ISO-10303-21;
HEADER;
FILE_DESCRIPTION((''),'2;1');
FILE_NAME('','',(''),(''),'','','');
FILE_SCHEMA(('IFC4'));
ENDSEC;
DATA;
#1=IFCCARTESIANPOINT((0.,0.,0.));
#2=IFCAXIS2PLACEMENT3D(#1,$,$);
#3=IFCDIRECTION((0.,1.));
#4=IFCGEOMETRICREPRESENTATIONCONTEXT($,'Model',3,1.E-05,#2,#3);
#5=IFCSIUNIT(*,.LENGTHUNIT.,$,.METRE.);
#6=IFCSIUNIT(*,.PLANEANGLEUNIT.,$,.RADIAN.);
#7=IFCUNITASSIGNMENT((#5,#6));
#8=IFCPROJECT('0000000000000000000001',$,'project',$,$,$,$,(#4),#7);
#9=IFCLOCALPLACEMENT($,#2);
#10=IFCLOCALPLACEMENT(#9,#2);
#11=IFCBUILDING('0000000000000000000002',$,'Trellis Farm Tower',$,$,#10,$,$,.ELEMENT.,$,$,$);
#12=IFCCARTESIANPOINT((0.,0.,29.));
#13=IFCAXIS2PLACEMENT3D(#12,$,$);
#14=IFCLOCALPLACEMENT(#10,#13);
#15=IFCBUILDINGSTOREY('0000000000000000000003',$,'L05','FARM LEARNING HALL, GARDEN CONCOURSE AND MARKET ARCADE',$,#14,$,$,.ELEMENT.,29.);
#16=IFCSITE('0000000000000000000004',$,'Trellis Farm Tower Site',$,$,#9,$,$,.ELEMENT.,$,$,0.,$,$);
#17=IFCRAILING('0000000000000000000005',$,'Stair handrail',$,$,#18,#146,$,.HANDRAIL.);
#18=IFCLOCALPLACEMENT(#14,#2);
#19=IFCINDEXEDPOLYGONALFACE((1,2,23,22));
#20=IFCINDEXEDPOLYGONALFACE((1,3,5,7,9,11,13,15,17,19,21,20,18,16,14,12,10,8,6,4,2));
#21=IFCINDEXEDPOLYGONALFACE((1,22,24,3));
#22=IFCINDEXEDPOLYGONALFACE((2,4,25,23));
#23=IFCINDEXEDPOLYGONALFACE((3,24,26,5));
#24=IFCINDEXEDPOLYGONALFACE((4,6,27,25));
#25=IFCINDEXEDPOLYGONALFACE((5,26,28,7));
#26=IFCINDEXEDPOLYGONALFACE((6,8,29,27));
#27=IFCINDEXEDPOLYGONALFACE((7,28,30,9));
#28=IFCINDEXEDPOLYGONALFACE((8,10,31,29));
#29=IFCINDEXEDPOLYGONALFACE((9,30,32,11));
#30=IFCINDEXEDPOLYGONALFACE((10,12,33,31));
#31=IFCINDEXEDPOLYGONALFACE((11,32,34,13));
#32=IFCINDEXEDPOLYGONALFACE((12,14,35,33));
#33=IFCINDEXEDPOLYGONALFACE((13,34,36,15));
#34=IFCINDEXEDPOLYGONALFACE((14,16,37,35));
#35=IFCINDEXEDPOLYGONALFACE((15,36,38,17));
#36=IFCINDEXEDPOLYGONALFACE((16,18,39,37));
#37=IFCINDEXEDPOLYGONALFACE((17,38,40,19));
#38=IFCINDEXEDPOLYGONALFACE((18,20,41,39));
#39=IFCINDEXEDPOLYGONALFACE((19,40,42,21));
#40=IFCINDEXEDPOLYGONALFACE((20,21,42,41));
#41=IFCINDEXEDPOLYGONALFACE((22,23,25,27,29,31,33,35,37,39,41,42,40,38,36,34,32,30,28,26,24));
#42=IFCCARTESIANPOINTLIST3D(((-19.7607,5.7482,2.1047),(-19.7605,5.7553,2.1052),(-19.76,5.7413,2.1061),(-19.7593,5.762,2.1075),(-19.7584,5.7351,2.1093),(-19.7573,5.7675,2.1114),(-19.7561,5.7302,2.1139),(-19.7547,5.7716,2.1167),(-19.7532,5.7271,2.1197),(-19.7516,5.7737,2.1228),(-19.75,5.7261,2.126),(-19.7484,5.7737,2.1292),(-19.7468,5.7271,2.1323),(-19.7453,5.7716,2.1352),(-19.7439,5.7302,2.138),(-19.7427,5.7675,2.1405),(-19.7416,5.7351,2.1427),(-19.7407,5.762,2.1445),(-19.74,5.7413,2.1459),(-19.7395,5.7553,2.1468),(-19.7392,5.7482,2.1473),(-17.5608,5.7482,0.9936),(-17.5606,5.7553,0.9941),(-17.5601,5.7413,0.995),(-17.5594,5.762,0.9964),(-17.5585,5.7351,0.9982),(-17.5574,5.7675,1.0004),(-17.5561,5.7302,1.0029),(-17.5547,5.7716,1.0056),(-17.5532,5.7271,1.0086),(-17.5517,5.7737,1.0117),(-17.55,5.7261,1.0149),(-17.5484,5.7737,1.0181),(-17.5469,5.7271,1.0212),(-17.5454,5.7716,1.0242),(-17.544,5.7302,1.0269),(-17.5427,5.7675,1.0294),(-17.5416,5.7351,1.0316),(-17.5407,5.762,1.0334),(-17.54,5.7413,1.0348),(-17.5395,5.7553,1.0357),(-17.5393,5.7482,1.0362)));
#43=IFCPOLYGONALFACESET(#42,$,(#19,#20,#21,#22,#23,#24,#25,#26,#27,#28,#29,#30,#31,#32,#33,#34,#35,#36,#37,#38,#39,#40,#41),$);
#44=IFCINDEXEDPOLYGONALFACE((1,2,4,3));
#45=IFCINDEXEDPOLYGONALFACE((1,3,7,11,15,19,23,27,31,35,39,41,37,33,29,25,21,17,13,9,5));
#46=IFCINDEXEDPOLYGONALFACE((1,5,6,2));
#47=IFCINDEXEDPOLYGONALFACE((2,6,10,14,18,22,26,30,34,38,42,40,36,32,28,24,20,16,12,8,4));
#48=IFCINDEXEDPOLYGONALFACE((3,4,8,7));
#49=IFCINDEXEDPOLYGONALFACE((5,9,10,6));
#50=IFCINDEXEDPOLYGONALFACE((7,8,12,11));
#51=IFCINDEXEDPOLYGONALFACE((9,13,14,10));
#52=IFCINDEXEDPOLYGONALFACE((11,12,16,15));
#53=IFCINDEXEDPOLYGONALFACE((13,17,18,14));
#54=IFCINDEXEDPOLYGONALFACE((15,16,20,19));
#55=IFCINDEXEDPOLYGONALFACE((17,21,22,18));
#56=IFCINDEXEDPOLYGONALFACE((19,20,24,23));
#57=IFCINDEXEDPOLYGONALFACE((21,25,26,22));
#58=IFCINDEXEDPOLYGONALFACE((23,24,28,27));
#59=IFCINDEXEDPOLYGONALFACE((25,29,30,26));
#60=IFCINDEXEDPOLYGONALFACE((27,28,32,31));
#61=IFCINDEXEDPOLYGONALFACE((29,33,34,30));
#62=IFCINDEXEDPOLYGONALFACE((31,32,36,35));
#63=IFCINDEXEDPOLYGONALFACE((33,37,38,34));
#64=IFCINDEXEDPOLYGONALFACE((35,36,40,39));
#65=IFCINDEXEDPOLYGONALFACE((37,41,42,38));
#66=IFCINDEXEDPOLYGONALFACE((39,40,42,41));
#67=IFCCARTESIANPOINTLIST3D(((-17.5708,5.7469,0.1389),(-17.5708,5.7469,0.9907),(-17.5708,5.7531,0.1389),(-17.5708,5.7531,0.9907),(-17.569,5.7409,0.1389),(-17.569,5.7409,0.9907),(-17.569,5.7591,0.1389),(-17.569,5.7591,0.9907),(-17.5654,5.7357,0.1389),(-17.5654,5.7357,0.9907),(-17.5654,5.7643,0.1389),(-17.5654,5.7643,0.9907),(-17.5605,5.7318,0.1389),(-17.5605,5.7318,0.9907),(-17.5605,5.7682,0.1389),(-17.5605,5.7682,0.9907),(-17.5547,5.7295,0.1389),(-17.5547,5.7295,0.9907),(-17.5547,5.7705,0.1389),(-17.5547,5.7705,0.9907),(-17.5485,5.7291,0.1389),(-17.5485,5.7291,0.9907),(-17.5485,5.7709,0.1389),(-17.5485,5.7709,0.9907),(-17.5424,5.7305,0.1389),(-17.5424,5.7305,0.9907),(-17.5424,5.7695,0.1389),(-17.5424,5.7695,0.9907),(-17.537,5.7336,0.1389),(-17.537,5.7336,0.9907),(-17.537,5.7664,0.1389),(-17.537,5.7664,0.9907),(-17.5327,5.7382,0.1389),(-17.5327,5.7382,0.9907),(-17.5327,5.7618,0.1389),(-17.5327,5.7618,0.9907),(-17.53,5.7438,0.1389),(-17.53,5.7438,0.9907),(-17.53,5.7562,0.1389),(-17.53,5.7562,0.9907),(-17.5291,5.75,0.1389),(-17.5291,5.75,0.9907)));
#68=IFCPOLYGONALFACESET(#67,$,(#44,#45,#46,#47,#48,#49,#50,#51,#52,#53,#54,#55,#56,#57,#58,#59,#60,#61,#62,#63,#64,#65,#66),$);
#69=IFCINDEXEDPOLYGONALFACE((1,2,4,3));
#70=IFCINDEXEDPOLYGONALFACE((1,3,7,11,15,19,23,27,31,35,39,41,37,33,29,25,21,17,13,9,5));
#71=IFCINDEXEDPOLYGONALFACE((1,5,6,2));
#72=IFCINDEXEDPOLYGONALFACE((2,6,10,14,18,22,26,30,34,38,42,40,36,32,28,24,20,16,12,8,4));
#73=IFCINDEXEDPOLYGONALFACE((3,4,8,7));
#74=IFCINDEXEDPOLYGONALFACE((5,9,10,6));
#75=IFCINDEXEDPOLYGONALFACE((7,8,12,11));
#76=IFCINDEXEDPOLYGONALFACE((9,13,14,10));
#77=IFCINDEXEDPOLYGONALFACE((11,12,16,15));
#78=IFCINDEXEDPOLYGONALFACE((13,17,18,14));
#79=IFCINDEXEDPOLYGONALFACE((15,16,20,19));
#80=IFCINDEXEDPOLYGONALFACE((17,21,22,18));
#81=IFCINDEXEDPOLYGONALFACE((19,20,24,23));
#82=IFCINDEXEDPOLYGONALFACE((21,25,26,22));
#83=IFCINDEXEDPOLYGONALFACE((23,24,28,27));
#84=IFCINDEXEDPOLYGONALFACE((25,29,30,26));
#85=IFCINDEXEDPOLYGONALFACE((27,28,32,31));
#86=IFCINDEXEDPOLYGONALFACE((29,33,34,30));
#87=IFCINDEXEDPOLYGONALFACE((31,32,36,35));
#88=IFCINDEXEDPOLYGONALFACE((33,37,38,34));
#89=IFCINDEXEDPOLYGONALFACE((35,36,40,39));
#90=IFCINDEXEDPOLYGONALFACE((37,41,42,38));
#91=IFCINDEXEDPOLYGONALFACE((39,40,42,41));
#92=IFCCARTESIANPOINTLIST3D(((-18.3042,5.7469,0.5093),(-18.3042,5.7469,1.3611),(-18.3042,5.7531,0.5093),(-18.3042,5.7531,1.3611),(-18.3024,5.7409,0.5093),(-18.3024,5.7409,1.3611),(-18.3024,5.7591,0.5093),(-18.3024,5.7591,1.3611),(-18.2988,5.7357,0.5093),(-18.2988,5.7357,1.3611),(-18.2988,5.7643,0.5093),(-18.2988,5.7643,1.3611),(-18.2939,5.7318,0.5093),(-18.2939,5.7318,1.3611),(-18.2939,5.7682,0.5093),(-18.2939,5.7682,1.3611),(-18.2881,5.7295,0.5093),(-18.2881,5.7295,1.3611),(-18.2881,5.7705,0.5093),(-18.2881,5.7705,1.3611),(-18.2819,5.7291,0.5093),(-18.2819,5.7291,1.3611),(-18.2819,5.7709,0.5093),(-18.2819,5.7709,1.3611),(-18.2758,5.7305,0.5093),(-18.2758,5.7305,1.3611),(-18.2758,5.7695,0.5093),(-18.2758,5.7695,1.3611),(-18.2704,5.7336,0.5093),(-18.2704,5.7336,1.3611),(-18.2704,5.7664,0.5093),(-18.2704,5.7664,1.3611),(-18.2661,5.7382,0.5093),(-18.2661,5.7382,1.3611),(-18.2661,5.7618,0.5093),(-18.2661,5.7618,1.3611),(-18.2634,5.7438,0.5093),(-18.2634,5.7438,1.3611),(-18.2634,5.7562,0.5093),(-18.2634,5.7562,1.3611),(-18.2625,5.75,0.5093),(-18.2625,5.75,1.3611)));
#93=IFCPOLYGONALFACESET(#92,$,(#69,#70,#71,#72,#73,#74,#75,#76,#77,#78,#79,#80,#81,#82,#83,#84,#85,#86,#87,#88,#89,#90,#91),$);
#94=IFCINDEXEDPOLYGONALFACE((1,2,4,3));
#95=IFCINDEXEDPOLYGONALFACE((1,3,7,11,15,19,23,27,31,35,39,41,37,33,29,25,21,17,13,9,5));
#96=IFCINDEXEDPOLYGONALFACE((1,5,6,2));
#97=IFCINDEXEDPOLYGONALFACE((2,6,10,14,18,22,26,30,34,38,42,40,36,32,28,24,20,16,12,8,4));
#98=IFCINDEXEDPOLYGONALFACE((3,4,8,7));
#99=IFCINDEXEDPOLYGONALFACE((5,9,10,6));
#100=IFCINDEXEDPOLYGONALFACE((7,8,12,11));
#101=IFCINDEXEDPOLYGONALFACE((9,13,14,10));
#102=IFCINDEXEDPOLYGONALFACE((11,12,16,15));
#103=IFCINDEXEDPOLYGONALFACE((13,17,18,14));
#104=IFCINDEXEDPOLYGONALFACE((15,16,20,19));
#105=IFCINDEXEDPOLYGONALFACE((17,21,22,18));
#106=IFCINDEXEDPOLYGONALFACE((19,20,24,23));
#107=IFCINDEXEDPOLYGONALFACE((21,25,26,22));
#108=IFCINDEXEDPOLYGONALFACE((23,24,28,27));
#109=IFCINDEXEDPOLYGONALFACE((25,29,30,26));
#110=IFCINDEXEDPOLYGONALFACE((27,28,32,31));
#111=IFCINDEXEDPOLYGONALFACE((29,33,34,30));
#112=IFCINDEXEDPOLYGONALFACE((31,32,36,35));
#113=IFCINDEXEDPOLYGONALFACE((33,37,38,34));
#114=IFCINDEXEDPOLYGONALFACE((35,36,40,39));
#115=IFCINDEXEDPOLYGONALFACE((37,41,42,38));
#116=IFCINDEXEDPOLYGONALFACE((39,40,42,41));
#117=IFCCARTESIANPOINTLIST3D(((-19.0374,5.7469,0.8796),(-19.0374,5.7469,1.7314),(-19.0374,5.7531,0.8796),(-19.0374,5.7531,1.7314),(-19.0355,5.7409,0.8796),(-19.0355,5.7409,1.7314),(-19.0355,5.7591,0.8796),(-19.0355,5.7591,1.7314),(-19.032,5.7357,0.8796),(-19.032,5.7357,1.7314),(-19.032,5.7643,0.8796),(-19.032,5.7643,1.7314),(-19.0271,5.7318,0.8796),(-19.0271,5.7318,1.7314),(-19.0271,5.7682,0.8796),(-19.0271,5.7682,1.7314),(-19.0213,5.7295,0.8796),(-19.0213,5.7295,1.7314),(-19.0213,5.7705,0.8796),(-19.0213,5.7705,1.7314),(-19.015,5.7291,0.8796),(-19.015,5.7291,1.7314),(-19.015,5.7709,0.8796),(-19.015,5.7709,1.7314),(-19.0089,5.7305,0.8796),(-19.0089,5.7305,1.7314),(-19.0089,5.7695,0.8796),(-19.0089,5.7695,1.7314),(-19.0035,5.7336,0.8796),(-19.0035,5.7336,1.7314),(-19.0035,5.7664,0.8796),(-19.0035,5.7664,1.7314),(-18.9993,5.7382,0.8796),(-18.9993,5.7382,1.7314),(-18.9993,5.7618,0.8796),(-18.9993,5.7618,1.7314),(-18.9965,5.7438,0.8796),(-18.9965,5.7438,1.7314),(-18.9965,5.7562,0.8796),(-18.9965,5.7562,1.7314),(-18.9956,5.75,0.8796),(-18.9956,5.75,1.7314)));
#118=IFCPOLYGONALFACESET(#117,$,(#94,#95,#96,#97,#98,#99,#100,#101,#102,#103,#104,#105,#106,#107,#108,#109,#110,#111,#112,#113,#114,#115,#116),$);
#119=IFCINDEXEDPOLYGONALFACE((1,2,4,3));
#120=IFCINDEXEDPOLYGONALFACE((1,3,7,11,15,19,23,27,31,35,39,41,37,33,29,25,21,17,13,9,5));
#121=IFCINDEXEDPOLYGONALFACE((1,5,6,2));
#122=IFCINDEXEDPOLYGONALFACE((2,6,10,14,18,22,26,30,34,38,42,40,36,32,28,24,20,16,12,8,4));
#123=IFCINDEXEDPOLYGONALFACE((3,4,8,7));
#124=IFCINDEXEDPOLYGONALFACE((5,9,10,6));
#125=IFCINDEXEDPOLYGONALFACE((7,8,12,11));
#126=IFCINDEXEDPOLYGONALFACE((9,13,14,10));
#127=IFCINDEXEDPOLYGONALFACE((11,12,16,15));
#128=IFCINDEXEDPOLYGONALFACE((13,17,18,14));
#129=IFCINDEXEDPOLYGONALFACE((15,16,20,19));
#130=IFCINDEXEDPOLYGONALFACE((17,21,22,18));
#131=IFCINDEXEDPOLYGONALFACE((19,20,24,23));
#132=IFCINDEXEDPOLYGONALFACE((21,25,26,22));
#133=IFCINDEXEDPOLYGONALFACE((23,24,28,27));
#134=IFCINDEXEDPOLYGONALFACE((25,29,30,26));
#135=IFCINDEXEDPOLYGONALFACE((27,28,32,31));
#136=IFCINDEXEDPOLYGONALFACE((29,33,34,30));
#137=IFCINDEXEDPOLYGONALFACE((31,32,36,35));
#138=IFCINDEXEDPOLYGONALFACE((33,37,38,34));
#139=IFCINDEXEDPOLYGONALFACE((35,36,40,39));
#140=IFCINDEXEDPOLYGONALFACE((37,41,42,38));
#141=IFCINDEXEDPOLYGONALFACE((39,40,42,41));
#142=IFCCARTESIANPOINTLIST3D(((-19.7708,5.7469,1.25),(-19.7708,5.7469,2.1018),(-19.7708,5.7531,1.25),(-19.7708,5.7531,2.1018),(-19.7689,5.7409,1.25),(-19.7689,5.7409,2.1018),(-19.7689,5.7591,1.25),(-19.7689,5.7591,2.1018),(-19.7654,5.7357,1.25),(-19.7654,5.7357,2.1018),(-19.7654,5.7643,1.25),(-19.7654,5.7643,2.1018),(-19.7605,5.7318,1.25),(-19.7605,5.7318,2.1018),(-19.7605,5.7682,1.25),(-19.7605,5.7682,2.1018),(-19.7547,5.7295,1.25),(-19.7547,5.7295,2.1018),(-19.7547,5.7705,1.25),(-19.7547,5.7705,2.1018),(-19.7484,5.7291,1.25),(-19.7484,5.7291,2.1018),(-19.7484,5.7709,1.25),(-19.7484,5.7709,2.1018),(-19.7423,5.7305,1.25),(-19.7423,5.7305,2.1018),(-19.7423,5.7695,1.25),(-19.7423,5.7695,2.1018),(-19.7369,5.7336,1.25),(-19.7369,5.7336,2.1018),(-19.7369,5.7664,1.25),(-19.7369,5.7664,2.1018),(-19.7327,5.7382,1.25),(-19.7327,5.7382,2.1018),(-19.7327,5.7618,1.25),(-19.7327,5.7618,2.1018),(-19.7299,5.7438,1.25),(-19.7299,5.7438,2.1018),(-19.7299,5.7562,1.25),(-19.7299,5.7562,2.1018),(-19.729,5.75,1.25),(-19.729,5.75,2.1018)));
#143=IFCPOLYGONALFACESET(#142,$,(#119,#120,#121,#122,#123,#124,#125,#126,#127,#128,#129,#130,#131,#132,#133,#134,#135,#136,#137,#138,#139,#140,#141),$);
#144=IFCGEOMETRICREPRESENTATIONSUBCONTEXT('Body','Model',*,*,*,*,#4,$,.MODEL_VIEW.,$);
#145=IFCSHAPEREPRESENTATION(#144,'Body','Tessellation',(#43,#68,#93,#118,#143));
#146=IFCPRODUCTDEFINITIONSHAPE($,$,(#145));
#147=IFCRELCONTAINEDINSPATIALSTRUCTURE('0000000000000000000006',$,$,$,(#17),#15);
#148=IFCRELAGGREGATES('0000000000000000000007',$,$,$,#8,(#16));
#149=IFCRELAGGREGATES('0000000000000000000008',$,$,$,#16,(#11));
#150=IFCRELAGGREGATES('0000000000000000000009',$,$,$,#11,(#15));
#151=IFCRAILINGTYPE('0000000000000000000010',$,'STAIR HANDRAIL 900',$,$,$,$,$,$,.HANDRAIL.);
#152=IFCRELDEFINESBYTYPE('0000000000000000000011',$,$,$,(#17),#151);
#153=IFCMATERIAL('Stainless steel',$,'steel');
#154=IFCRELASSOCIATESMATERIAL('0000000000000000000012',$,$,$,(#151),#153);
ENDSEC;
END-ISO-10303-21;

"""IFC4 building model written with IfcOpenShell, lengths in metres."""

from ifc_helpers import new_model, si_unit, direction, frame, origin, origin_2d, place, context, subcontext, project, spatial, circle, extrude, source, transform, mapped, material, type_object, element, save


model = new_model("IFC4")

# Units and contexts
model_context = context("Model", 3, precision=1e-05, world=origin(), true_north=direction((0.0, 1.0)))
body_context = subcontext(model_context, "Body", "Model", "MODEL_VIEW")
ifc_project = project(units=[si_unit("LENGTHUNIT", "METRE"), si_unit("PLANEANGLEUNIT", "RADIAN")], contexts=[model_context])

# Site, building, storey
site_placement = place(None, origin())
site = spatial("IfcSite", under=ifc_project, at=site_placement, Name="Trellis Farm Tower Site", CompositionType="ELEMENT", RefElevation=0.0)
building_placement = place(site_placement, origin())
building = spatial("IfcBuilding", under=site, at=building_placement, Name="Trellis Farm Tower", CompositionType="ELEMENT")
storey_placement = place(building_placement, frame((0.0, 0.0, 29.0)))
storey = spatial("IfcBuildingStorey", under=building, at=storey_placement, Name="L05", Description="FARM LEARNING HALL, GARDEN CONCOURSE AND MARKET ARCADE", CompositionType="ELEMENT", Elevation=29.0)

# Shared definitions
ifc_material_1 = material(Name="Stainless steel", Category="steel")

# Railing
railing_type = type_object("IfcRailingType", Name="STAIR HANDRAIL 900", PredefinedType="HANDRAIL", material=ifc_material_1)
shared_shape_1 = source(origin(), body_context, "Body", "SweptSolid", [
    extrude(circle(Radius=0.0239, at=origin_2d()), frame((0.0, 0.0, 0.876), z_axis=(-0.892617, 0.0, 0.450816), x_axis=(0.0, -1.0, 0.0)), (0.0, 0.0, 1.0), 2.4646),
    extrude(circle(Radius=0.021, at=origin_2d()), origin(), (0.0, 0.0, 1.0), 0.8518),
    extrude(circle(Radius=0.021, at=origin_2d()), frame((-0.7334, 0.0, 0.3704)), (0.0, 0.0, 1.0), 0.8518),
    extrude(circle(Radius=0.021, at=origin_2d()), frame((-1.4666, 0.0, 0.7407)), (0.0, 0.0, 1.0), 0.8518),
    extrude(circle(Radius=0.021, at=origin_2d()), frame((-2.2, 0.0, 1.1111)), (0.0, 0.0, 1.0), 0.8518),
])
for number, where, name in (
    (1, (-17.55, 5.75, 0.1389), "Stair handrail"),
):
    element("IfcRailing", number, at=place(storey_placement, frame(where)), inside=storey, type_object=railing_type, Name=name, PredefinedType="HANDRAIL", context=body_context, shape_type="MappedRepresentation", body=[
        mapped(shared_shape_1, transform((0.0, 0.0, 0.0))),
    ])

save(model, "model.ifc")
